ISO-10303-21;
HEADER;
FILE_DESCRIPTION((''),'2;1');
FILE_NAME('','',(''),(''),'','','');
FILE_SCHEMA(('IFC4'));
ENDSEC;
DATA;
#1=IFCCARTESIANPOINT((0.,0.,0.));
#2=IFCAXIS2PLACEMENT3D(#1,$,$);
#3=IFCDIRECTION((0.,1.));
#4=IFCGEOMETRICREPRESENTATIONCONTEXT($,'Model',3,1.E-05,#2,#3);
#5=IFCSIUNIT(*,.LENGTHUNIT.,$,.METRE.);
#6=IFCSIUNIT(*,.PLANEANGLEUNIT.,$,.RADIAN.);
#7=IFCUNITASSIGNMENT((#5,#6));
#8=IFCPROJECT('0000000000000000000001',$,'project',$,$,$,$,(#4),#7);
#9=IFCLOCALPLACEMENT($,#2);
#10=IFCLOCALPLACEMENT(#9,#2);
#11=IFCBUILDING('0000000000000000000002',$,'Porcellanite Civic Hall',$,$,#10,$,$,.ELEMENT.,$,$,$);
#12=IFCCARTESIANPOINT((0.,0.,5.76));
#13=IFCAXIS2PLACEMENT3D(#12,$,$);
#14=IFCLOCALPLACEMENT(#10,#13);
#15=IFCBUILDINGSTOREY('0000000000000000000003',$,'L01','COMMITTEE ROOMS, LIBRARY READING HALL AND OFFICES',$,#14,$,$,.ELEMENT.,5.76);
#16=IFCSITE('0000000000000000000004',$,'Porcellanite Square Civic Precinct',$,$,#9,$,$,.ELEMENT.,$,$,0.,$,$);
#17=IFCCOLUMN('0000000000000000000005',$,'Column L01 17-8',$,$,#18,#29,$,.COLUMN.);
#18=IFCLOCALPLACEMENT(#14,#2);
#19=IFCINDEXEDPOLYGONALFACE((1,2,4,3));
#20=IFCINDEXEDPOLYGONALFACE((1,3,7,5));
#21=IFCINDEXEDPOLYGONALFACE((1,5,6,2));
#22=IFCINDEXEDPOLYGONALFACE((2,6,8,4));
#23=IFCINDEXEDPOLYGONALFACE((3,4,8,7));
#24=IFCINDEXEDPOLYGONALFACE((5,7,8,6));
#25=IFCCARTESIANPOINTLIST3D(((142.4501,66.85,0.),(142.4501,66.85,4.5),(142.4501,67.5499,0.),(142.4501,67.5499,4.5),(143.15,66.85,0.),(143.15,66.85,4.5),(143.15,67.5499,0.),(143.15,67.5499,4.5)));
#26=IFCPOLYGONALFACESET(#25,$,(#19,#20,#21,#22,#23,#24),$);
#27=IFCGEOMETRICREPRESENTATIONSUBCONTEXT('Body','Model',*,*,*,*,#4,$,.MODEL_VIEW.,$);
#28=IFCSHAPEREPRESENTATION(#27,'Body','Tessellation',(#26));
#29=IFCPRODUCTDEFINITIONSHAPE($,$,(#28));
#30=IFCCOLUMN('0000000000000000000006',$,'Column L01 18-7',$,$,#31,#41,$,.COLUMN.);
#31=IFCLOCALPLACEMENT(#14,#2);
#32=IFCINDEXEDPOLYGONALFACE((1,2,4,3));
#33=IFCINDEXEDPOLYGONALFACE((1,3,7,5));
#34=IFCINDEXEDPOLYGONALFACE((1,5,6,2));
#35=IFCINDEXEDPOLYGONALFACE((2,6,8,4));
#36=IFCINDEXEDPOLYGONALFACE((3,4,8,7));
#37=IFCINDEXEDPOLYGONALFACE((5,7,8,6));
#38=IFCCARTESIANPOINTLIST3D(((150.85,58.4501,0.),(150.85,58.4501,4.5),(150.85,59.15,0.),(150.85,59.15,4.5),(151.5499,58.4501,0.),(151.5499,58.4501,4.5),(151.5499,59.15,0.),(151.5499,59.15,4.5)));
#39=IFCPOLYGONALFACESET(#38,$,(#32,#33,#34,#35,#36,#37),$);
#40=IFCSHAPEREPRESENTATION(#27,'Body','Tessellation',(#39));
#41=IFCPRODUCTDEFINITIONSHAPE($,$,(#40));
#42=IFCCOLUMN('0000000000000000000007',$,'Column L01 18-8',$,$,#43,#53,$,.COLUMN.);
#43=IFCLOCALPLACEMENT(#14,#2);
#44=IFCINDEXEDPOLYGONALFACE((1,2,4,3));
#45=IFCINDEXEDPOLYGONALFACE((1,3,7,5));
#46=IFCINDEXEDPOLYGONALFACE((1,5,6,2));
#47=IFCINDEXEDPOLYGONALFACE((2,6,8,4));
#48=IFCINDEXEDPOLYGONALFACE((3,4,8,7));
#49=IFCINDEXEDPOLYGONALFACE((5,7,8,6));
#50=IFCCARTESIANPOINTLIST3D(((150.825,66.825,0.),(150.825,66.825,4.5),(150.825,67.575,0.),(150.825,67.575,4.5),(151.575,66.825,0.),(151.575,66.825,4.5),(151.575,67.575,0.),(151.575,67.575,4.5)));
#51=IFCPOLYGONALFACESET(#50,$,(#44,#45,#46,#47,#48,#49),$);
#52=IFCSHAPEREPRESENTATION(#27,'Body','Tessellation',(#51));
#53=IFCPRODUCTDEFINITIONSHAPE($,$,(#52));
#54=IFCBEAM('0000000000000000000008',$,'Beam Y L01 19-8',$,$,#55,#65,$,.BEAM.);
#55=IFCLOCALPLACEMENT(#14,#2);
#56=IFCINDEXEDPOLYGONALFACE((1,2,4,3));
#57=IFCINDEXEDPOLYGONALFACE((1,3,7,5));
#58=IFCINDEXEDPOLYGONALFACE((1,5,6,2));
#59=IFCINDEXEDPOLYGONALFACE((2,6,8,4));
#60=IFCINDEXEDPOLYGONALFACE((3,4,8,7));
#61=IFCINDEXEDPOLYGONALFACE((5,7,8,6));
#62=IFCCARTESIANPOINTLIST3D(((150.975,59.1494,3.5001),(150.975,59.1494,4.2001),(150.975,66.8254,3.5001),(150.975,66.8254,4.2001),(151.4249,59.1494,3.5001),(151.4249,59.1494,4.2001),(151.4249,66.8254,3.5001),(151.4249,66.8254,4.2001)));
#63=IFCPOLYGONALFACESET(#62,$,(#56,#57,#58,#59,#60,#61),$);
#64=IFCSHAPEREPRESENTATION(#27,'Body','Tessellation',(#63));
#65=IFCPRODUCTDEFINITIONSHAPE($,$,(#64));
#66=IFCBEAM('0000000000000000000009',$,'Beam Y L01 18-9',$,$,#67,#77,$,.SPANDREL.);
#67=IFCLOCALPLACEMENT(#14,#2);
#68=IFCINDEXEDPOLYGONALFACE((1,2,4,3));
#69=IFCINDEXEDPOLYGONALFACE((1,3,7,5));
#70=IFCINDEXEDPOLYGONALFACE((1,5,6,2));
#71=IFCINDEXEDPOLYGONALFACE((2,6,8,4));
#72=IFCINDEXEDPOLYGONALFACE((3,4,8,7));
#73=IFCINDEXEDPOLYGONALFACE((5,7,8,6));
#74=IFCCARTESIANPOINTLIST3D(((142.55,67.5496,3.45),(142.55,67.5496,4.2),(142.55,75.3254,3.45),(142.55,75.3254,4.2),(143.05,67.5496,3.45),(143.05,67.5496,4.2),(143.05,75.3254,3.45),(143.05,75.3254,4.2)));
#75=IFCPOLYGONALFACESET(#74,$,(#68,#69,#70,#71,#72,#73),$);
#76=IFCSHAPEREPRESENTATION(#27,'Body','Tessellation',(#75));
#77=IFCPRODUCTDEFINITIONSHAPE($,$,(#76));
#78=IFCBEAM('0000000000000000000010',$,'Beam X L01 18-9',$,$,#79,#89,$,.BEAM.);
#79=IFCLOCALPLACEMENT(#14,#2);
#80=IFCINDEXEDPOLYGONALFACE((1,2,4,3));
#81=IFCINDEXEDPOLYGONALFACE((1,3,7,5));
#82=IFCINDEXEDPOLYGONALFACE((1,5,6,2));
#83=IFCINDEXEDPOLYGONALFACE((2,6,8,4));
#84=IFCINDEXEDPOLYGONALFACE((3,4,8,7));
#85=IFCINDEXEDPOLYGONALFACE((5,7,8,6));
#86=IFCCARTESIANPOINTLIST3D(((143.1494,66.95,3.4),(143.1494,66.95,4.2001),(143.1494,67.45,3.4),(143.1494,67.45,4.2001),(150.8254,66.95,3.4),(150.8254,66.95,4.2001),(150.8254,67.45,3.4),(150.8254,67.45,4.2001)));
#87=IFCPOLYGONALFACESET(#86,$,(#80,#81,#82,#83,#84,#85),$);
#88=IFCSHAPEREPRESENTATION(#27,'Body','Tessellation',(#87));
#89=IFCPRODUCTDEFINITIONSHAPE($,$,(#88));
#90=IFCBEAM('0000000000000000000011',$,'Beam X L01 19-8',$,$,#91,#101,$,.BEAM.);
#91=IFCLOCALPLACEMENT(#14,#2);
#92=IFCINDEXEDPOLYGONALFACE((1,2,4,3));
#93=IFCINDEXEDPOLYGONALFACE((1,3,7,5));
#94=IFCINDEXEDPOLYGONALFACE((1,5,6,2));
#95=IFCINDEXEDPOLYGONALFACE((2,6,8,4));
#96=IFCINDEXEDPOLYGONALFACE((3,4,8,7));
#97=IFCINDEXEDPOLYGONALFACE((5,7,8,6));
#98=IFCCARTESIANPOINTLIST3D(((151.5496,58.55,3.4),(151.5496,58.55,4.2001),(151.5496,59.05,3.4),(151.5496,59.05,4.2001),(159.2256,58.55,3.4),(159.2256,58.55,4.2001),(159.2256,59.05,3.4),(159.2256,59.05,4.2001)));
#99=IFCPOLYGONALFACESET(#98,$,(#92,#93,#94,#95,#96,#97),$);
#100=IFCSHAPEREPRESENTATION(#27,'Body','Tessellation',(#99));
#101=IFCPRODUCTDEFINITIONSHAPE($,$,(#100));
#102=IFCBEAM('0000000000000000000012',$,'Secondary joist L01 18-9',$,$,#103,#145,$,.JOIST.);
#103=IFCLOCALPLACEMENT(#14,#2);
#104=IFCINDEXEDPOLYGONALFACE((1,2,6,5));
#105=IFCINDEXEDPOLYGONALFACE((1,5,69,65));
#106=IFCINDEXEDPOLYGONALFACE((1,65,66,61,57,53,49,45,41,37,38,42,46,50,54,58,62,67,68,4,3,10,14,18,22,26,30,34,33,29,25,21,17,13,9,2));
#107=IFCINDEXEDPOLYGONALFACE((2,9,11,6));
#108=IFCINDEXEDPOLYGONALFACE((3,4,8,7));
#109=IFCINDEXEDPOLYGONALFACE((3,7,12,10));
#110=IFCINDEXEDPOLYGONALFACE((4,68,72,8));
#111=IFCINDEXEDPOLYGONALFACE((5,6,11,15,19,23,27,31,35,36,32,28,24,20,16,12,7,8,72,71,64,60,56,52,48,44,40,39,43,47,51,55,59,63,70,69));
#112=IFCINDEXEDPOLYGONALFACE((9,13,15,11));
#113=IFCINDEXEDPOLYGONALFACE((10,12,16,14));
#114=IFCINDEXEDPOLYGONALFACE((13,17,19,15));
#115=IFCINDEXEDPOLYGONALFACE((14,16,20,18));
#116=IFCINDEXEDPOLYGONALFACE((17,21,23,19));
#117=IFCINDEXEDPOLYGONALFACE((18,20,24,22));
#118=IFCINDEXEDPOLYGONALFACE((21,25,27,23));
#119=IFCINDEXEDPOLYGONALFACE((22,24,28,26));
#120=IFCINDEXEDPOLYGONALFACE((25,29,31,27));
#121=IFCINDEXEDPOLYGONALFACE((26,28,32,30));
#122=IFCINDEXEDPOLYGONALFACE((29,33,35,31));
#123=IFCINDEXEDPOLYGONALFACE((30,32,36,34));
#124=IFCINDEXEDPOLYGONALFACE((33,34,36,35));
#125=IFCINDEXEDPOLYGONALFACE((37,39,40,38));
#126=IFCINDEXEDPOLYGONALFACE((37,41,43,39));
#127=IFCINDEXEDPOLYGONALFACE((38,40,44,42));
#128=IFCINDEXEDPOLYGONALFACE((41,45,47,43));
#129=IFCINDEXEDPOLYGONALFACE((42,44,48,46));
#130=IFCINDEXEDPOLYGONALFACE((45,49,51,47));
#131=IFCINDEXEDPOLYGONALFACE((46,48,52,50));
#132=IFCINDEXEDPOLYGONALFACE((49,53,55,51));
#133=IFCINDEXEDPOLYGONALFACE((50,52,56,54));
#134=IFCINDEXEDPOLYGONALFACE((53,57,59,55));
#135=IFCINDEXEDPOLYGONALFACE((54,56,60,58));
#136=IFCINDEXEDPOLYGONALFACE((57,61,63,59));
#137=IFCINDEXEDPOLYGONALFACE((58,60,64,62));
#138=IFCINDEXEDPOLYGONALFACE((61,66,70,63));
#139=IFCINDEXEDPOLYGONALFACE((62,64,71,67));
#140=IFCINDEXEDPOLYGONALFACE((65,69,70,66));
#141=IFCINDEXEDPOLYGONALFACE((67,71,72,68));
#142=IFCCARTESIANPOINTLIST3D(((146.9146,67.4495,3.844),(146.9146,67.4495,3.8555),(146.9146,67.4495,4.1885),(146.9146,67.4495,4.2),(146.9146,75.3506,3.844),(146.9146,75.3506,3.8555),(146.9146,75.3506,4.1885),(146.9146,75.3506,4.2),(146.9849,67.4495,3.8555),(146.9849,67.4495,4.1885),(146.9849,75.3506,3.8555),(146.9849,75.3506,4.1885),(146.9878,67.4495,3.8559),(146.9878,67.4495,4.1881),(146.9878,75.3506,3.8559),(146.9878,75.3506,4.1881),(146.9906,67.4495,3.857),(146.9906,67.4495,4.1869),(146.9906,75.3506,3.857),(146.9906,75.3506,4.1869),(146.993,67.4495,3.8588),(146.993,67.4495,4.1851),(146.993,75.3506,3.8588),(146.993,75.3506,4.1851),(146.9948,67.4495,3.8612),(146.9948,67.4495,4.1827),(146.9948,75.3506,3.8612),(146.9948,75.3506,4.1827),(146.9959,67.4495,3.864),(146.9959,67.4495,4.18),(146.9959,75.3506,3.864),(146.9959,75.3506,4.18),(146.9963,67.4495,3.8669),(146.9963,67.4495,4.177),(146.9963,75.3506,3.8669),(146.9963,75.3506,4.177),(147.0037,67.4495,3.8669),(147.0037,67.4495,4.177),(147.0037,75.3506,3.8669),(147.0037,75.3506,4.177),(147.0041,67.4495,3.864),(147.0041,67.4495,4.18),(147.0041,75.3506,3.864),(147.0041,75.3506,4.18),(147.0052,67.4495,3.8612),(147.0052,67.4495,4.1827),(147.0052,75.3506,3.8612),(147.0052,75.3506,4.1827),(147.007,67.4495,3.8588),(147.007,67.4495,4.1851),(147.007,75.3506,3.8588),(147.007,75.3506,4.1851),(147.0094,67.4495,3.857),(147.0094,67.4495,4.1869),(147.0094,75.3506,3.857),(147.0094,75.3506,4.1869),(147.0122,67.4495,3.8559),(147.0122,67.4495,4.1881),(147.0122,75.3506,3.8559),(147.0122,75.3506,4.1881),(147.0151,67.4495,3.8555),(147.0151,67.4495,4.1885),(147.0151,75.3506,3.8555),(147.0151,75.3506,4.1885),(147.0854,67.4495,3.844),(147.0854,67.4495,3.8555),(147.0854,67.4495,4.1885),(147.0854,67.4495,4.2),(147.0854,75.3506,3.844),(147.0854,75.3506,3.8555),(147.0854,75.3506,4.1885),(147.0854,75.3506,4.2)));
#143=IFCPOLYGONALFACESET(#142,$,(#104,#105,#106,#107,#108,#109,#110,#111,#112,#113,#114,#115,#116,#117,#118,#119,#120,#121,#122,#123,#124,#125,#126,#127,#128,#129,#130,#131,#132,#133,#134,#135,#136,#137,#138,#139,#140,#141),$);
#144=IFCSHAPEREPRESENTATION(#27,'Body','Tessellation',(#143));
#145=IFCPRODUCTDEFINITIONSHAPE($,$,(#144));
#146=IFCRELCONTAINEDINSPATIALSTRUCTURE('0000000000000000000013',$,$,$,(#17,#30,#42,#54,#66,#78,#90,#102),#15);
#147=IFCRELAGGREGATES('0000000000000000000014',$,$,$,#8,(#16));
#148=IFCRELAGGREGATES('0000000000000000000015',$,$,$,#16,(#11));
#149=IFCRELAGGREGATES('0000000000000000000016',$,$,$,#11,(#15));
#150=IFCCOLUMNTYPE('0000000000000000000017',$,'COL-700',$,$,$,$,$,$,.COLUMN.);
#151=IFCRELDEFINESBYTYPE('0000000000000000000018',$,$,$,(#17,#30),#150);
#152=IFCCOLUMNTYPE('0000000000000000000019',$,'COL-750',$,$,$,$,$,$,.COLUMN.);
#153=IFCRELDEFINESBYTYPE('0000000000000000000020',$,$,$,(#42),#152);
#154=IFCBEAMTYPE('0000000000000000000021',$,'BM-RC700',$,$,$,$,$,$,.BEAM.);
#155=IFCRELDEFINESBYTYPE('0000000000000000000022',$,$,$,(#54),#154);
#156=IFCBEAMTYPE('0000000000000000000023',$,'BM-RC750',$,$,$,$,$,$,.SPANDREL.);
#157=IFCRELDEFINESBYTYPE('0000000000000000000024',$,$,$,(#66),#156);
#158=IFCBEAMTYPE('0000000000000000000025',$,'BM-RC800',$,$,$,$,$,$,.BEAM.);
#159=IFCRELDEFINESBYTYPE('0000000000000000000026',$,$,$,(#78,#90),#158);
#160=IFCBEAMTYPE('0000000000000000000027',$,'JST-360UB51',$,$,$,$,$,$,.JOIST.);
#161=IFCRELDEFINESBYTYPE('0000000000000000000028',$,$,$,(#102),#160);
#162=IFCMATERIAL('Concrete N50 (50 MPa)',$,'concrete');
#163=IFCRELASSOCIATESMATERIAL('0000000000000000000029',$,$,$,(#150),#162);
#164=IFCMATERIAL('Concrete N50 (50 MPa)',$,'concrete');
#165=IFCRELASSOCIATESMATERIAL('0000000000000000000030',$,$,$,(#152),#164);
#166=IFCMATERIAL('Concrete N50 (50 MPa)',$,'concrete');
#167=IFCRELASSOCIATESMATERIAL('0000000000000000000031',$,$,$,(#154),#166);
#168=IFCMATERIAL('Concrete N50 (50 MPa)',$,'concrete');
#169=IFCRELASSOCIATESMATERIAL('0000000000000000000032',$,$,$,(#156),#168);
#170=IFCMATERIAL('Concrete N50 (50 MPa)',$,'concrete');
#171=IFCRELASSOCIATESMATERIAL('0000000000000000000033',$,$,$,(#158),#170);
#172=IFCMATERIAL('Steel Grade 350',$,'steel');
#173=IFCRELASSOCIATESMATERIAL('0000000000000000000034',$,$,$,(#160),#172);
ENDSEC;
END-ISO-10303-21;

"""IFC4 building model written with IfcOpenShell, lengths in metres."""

from ifc_helpers import new_model, si_unit, direction, frame, origin, origin_2d, place, context, subcontext, project, spatial, rectangle, i_section, extrude, material, material_profile, profile_set, type_object, element, save


model = new_model("IFC4")

# Units and contexts
model_context = context("Model", 3, precision=1e-05, world=origin(), true_north=direction((0.0, 1.0)))
body_context = subcontext(model_context, "Body", "Model", "MODEL_VIEW")
ifc_project = project(units=[si_unit("LENGTHUNIT", "METRE"), si_unit("PLANEANGLEUNIT", "RADIAN")], contexts=[model_context])

# Site, building, storey
site_placement = place(None, origin())
site = spatial("IfcSite", under=ifc_project, at=site_placement, Name="Porcellanite Square Civic Precinct", CompositionType="ELEMENT", RefElevation=0.0)
building_placement = place(site_placement, origin())
building = spatial("IfcBuilding", under=site, at=building_placement, Name="Porcellanite Civic Hall", CompositionType="ELEMENT")
storey_placement = place(building_placement, frame((0.0, 0.0, 5.76)))
storey = spatial("IfcBuildingStorey", under=building, at=storey_placement, Name="L01", Description="COMMITTEE ROOMS, LIBRARY READING HALL AND OFFICES", CompositionType="ELEMENT", Elevation=5.76)

# Columns
ifc_material_1 = material(Name="Concrete N50 (50 MPa)", Category="concrete")
ifc_material_profile_1 = material_profile(ifc_material_1, rectangle(XDim=0.7, YDim=0.7, at=origin_2d()), Name="RC-700x700")
ifc_profile_set_1 = profile_set([ifc_material_profile_1], Name="Concrete N50 (50 MPa)")
column_type_1 = type_object("IfcColumnType", Name="COL-700", PredefinedType="COLUMN", material=ifc_profile_set_1)
for number, where, z_axis, x_axis, name in (
    (1, (142.8, 67.2, 0.0), (0.0, 0.0, 1.0), (1.0, 0.0, 0.0), "Column L01 17-8"),
    (2, (151.2, 58.8, 0.0), (0.0, 0.0, 1.0), (1.0, 0.0, 0.0), "Column L01 18-7"),
):
    element("IfcColumn", number, at=place(storey_placement, frame(where, z_axis=z_axis, x_axis=x_axis)), inside=storey, type_object=column_type_1, Name=name, PredefinedType="COLUMN", context=body_context, shape_type="SweptSolid", body=[
        extrude(rectangle(XDim=0.7, YDim=0.7, at=origin_2d()), origin(), (0.0, 0.0, 1.0), 4.5),
    ])
ifc_material_2 = material(Name="Concrete N50 (50 MPa)", Category="concrete")
ifc_material_profile_2 = material_profile(ifc_material_2, rectangle(XDim=0.75, YDim=0.75, at=origin_2d()), Name="RC-750x750")
ifc_profile_set_2 = profile_set([ifc_material_profile_2], Name="Concrete N50 (50 MPa)")
column_type_2 = type_object("IfcColumnType", Name="COL-750", PredefinedType="COLUMN", material=ifc_profile_set_2)
column_placement = place(storey_placement, frame((151.2, 67.2, 0.0), z_axis=(0.0, 0.0, 1.0), x_axis=(1.0, 0.0, 0.0)))
element("IfcColumn", 3, at=column_placement, inside=storey, type_object=column_type_2, Name="Column L01 18-8", PredefinedType="COLUMN", context=body_context, shape_type="SweptSolid", body=[
    extrude(rectangle(XDim=0.75, YDim=0.75, at=origin_2d()), origin(), (0.0, 0.0, 1.0), 4.5),
])

# Beams
ifc_material_3 = material(Name="Concrete N50 (50 MPa)", Category="concrete")
ifc_material_profile_3 = material_profile(ifc_material_3, rectangle(XDim=0.45, YDim=0.7, at=origin_2d()), Name="RC-450x700")
ifc_profile_set_3 = profile_set([ifc_material_profile_3], Name="Concrete N50 (50 MPa)")
beam_type_1 = type_object("IfcBeamType", Name="BM-RC700", PredefinedType="BEAM", material=ifc_profile_set_3)
beam_1_placement = place(storey_placement, frame((151.2, 59.1494, 3.8501), z_axis=(0.0, 1.0, 0.0), x_axis=(-1.0, 0.0, 0.0)))
element("IfcBeam", 4, at=beam_1_placement, inside=storey, type_object=beam_type_1, Name="Beam Y L01 19-8", PredefinedType="BEAM", context=body_context, shape_type="SweptSolid", body=[
    extrude(rectangle(XDim=0.45, YDim=0.7, at=origin_2d()), origin(), (0.0, 0.0, 1.0), 7.676),
])
ifc_material_4 = material(Name="Concrete N50 (50 MPa)", Category="concrete")
ifc_material_profile_4 = material_profile(ifc_material_4, rectangle(XDim=0.5, YDim=0.75, at=origin_2d()), Name="RC-500x750")
ifc_profile_set_4 = profile_set([ifc_material_profile_4], Name="Concrete N50 (50 MPa)")
beam_type_2 = type_object("IfcBeamType", Name="BM-RC750", PredefinedType="SPANDREL", material=ifc_profile_set_4)
beam_2_placement = place(storey_placement, frame((142.8, 67.5496, 3.825), z_axis=(0.0, 1.0, 0.0), x_axis=(-1.0, 0.0, 0.0)))
element("IfcBeam", 5, at=beam_2_placement, inside=storey, type_object=beam_type_2, Name="Beam Y L01 18-9", PredefinedType="SPANDREL", context=body_context, shape_type="SweptSolid", body=[
    extrude(rectangle(XDim=0.5, YDim=0.75, at=origin_2d()), origin(), (0.0, 0.0, 1.0), 7.7759),
])
ifc_material_5 = material(Name="Concrete N50 (50 MPa)", Category="concrete")
ifc_material_profile_5 = material_profile(ifc_material_5, rectangle(XDim=0.5, YDim=0.8, at=origin_2d()), Name="RC-500x800")
ifc_profile_set_5 = profile_set([ifc_material_profile_5], Name="Concrete N50 (50 MPa)")
beam_type_3 = type_object("IfcBeamType", Name="BM-RC800", PredefinedType="BEAM", material=ifc_profile_set_5)
for number, where, z_axis, x_axis, name in (
    (6, (143.1494, 67.2, 3.8), (1.0, 0.0, 0.0), (0.0, 1.0, 0.0), "Beam X L01 18-9"),
    (7, (151.5496, 58.8, 3.8), (1.0, 0.0, 0.0), (0.0, 1.0, 0.0), "Beam X L01 19-8"),
):
    element("IfcBeam", number, at=place(storey_placement, frame(where, z_axis=z_axis, x_axis=x_axis)), inside=storey, type_object=beam_type_3, Name=name, PredefinedType="BEAM", context=body_context, shape_type="SweptSolid", body=[
        extrude(rectangle(XDim=0.5, YDim=0.8, at=origin_2d()), origin(), (0.0, 0.0, 1.0), 7.676),
    ])
ifc_material_6 = material(Name="Steel Grade 350", Category="steel")
ifc_material_profile_6 = material_profile(ifc_material_6, i_section(OverallWidth=0.1709, OverallDepth=0.356, WebThickness=0.0073, FlangeThickness=0.0115, FilletRadius=0.0115, at=origin_2d()), Name="360UB50.7")
ifc_profile_set_6 = profile_set([ifc_material_profile_6], Name="Steel Grade 350")
beam_type_4 = type_object("IfcBeamType", Name="JST-360UB51", PredefinedType="JOIST", material=ifc_profile_set_6)
beam_3_placement = place(storey_placement, frame((147.0, 67.4495, 4.022), z_axis=(0.0, 1.0, 0.0), x_axis=(-1.0, 0.0, 0.0)))
element("IfcBeam", 8, at=beam_3_placement, inside=storey, type_object=beam_type_4, Name="Secondary joist L01 18-9", PredefinedType="JOIST", context=body_context, shape_type="SweptSolid", body=[
    extrude(i_section(OverallWidth=0.1709, OverallDepth=0.356, WebThickness=0.0073, FlangeThickness=0.0115, FilletRadius=0.0115, at=origin_2d()), origin(), (0.0, 0.0, 1.0), 7.9011),
])

save(model, "model.ifc")
